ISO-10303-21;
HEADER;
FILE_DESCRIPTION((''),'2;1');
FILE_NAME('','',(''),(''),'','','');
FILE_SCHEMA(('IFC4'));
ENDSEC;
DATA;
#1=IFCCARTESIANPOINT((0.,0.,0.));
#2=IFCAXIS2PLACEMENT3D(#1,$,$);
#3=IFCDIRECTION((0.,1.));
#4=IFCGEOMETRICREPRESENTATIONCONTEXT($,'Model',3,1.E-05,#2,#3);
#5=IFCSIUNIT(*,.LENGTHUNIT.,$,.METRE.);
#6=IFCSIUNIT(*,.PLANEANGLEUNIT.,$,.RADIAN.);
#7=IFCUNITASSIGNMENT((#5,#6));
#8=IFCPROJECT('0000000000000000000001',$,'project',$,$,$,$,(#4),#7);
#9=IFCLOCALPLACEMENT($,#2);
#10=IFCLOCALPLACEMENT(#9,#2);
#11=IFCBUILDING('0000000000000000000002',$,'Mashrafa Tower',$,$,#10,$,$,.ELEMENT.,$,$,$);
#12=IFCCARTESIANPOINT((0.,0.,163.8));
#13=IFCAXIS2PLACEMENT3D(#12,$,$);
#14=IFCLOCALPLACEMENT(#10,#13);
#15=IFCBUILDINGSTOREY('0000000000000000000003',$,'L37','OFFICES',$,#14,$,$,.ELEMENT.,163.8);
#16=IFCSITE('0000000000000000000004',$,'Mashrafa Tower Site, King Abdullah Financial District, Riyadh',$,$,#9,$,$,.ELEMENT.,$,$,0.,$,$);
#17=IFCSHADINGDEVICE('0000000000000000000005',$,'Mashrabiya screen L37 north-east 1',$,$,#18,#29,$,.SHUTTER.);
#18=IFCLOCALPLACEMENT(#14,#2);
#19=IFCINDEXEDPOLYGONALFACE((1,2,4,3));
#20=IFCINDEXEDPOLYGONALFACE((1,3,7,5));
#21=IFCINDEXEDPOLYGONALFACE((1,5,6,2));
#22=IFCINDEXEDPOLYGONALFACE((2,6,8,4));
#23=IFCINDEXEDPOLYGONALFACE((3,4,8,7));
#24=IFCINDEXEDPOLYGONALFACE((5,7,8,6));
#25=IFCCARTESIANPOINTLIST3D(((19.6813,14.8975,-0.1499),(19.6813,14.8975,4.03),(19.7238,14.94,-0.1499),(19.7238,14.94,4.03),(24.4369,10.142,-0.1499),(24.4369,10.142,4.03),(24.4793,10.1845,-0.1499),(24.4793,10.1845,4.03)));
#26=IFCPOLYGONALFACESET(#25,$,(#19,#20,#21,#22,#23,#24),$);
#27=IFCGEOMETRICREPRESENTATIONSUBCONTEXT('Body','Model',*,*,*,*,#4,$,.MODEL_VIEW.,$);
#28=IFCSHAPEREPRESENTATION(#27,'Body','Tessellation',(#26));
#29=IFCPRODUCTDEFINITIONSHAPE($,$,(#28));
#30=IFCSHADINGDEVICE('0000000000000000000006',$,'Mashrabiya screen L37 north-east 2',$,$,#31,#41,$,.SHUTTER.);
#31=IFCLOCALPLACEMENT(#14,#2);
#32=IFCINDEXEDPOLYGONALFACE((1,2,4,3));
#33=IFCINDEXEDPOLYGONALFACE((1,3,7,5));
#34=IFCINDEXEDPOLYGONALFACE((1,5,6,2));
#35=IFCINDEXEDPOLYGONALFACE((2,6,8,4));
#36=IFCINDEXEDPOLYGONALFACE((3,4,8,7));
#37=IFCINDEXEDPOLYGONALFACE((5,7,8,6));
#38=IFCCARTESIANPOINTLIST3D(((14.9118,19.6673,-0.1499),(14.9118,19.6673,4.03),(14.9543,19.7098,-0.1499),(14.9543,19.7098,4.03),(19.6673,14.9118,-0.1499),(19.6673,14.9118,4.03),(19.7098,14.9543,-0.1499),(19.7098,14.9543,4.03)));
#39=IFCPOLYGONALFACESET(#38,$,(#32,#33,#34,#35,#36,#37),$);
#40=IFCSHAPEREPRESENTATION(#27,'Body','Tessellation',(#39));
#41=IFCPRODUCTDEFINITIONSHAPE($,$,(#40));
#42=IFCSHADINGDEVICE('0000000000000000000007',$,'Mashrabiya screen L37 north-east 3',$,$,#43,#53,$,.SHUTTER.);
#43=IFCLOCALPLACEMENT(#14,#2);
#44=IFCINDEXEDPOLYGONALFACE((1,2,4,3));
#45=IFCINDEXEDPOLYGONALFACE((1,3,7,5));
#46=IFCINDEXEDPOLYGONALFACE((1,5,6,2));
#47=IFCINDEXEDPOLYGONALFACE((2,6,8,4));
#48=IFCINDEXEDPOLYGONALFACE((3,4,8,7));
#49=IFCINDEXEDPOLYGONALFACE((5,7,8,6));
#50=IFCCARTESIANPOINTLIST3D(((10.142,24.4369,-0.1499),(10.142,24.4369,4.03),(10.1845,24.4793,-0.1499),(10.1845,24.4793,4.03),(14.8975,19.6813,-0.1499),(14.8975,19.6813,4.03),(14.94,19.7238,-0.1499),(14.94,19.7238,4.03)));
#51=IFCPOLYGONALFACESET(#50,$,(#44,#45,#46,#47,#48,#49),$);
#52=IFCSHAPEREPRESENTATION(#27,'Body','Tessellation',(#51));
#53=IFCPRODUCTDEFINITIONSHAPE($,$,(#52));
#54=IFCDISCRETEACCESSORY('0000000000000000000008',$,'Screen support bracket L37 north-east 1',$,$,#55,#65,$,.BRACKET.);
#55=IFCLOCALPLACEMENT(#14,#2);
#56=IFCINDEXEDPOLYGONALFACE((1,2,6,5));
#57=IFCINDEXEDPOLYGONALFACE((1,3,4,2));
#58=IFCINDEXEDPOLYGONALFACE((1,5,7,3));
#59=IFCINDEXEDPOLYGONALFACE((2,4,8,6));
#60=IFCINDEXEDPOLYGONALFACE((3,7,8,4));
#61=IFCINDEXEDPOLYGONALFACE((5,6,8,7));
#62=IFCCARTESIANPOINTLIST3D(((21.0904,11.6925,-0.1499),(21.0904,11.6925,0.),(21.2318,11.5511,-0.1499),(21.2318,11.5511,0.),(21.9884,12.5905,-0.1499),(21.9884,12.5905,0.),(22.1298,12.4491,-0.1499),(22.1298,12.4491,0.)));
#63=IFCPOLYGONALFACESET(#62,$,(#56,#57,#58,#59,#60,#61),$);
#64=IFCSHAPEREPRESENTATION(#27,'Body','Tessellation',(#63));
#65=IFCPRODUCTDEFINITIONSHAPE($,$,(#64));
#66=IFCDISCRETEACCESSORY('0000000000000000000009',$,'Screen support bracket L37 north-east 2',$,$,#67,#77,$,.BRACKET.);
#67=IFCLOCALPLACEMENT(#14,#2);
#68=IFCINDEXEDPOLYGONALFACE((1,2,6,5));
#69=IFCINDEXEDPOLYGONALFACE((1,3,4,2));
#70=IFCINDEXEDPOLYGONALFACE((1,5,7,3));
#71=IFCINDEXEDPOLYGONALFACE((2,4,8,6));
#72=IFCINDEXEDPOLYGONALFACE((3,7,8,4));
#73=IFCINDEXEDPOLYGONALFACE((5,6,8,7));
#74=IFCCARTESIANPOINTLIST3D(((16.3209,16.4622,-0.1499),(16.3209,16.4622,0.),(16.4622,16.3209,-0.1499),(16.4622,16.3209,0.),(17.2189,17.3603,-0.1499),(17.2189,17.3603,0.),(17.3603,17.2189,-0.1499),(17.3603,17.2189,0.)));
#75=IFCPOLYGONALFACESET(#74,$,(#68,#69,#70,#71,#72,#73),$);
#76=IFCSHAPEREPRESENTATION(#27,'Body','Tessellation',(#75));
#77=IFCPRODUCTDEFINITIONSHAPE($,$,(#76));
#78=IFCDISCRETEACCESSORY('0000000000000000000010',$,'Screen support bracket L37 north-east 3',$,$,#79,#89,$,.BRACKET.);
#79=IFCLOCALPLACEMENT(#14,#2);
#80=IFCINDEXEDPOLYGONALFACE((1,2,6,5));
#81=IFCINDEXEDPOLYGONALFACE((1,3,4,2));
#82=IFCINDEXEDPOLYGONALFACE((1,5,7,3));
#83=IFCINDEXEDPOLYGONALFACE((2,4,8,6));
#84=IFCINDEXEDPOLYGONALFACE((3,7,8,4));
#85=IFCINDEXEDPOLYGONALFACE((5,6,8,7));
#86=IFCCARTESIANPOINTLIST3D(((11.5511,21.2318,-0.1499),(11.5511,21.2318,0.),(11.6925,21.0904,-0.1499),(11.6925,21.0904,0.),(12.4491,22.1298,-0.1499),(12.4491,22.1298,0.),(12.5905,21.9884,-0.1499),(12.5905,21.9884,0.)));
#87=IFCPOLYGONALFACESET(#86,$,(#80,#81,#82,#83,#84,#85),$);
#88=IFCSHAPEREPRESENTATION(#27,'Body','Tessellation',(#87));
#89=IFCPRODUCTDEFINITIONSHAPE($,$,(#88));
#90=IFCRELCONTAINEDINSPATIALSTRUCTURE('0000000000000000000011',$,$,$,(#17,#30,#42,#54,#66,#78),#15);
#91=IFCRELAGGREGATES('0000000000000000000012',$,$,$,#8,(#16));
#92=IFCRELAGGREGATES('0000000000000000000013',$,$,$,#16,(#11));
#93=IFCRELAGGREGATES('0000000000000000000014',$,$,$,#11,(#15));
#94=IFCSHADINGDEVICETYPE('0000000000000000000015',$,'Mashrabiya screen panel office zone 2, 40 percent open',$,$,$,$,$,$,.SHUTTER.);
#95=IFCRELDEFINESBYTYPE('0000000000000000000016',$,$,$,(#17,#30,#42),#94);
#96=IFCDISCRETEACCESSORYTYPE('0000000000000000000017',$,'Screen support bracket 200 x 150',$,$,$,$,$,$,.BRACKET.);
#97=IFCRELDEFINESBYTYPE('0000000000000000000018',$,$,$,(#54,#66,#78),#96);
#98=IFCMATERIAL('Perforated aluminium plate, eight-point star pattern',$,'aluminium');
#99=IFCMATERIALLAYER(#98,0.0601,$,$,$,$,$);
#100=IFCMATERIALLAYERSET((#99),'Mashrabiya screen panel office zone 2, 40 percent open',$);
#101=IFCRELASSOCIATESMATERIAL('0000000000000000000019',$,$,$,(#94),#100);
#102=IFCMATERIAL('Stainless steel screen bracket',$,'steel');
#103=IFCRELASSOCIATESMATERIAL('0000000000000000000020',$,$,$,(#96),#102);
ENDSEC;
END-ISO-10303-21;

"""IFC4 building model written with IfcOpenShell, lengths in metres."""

from ifc_helpers import new_model, si_unit, direction, frame, origin, origin_2d, place, context, subcontext, project, spatial, rectangle, extrude, source, transform, mapped, material, layer, layer_set, type_object, type_shapes, element, save


model = new_model("IFC4")

# Units and contexts
model_context = context("Model", 3, precision=1e-05, world=origin(), true_north=direction((0.0, 1.0)))
body_context = subcontext(model_context, "Body", "Model", "MODEL_VIEW")
ifc_project = project(units=[si_unit("LENGTHUNIT", "METRE"), si_unit("PLANEANGLEUNIT", "RADIAN")], contexts=[model_context])

# Site, building, storey
site_placement = place(None, origin())
site = spatial("IfcSite", under=ifc_project, at=site_placement, Name="Mashrafa Tower Site, King Abdullah Financial District, Riyadh", CompositionType="ELEMENT", RefElevation=0.0)
building_placement = place(site_placement, origin())
building = spatial("IfcBuilding", under=site, at=building_placement, Name="Mashrafa Tower", CompositionType="ELEMENT")
storey_placement = place(building_placement, frame((0.0, 0.0, 163.8)))
storey = spatial("IfcBuildingStorey", under=building, at=storey_placement, Name="L37", Description="OFFICES", CompositionType="ELEMENT", Elevation=163.8)

# Shading devices
ifc_material_1 = material(Name="Perforated aluminium plate, eight-point star pattern", Category="aluminium")
ifc_layer_1 = layer(ifc_material_1, 0.0601)
ifc_layer_set_1 = layer_set([ifc_layer_1], Name="Mashrabiya screen panel office zone 2, 40 percent open")
shading_device_type = type_object("IfcShadingDeviceType", Name="Mashrabiya screen panel office zone 2, 40 percent open", PredefinedType="SHUTTER", material=ifc_layer_set_1)
shared_shape_1 = source(origin(), body_context, "Body", "SweptSolid", [
    extrude(rectangle(XDim=6.7253, YDim=0.0601, at=origin_2d()), origin(), (0.0, 0.0, 1.0), 4.1799),
])
type_shapes(shading_device_type, [shared_shape_1])
for number, where, z_axis, x_axis, name in (
    (1, (22.0803, 12.541, -0.1499), (0.0, 0.0, 1.0), (-0.707107, 0.707107, 0.0), "Mashrabiya screen L37 north-east 1"),
    (2, (17.3108, 17.3108, -0.1499), (0.0, 0.0, 1.0), (-0.707107, 0.707107, 0.0), "Mashrabiya screen L37 north-east 2"),
    (3, (12.541, 22.0803, -0.1499), (0.0, 0.0, 1.0), (-0.707107, 0.707107, 0.0), "Mashrabiya screen L37 north-east 3"),
):
    element("IfcShadingDevice", number, at=place(storey_placement, frame(where, z_axis=z_axis, x_axis=x_axis)), inside=storey, type_object=shading_device_type, Name=name, PredefinedType="SHUTTER", context=body_context, shape_type="MappedRepresentation", body=[
        mapped(shared_shape_1, transform((0.0, 0.0, 0.0))),
    ])

# Discrete accessories
ifc_material_2 = material(Name="Stainless steel screen bracket", Category="steel")
discrete_accessory_type = type_object("IfcDiscreteAccessoryType", Name="Screen support bracket 200 x 150", PredefinedType="BRACKET", material=ifc_material_2)
shared_shape_2 = source(origin(), body_context, "Body", "SweptSolid", [
    extrude(rectangle(XDim=0.2, YDim=1.27, at=origin_2d()), origin(), (0.0, 0.0, 1.0), 0.1499),
])
type_shapes(discrete_accessory_type, [shared_shape_2])
for number, where, z_axis, x_axis, name in (
    (4, (21.6101, 12.0708, -0.1499), (0.0, 0.0, 1.0), (-0.707107, 0.707107, 0.0), "Screen support bracket L37 north-east 1"),
    (5, (16.8406, 16.8406, -0.1499), (0.0, 0.0, 1.0), (-0.707107, 0.707107, 0.0), "Screen support bracket L37 north-east 2"),
    (6, (12.0708, 21.6101, -0.1499), (0.0, 0.0, 1.0), (-0.707107, 0.707107, 0.0), "Screen support bracket L37 north-east 3"),
):
    element("IfcDiscreteAccessory", number, at=place(storey_placement, frame(where, z_axis=z_axis, x_axis=x_axis)), inside=storey, type_object=discrete_accessory_type, Name=name, PredefinedType="BRACKET", context=body_context, shape_type="MappedRepresentation", body=[
        mapped(shared_shape_2, transform((0.0, 0.0, 0.0))),
    ])

save(model, "model.ifc")
